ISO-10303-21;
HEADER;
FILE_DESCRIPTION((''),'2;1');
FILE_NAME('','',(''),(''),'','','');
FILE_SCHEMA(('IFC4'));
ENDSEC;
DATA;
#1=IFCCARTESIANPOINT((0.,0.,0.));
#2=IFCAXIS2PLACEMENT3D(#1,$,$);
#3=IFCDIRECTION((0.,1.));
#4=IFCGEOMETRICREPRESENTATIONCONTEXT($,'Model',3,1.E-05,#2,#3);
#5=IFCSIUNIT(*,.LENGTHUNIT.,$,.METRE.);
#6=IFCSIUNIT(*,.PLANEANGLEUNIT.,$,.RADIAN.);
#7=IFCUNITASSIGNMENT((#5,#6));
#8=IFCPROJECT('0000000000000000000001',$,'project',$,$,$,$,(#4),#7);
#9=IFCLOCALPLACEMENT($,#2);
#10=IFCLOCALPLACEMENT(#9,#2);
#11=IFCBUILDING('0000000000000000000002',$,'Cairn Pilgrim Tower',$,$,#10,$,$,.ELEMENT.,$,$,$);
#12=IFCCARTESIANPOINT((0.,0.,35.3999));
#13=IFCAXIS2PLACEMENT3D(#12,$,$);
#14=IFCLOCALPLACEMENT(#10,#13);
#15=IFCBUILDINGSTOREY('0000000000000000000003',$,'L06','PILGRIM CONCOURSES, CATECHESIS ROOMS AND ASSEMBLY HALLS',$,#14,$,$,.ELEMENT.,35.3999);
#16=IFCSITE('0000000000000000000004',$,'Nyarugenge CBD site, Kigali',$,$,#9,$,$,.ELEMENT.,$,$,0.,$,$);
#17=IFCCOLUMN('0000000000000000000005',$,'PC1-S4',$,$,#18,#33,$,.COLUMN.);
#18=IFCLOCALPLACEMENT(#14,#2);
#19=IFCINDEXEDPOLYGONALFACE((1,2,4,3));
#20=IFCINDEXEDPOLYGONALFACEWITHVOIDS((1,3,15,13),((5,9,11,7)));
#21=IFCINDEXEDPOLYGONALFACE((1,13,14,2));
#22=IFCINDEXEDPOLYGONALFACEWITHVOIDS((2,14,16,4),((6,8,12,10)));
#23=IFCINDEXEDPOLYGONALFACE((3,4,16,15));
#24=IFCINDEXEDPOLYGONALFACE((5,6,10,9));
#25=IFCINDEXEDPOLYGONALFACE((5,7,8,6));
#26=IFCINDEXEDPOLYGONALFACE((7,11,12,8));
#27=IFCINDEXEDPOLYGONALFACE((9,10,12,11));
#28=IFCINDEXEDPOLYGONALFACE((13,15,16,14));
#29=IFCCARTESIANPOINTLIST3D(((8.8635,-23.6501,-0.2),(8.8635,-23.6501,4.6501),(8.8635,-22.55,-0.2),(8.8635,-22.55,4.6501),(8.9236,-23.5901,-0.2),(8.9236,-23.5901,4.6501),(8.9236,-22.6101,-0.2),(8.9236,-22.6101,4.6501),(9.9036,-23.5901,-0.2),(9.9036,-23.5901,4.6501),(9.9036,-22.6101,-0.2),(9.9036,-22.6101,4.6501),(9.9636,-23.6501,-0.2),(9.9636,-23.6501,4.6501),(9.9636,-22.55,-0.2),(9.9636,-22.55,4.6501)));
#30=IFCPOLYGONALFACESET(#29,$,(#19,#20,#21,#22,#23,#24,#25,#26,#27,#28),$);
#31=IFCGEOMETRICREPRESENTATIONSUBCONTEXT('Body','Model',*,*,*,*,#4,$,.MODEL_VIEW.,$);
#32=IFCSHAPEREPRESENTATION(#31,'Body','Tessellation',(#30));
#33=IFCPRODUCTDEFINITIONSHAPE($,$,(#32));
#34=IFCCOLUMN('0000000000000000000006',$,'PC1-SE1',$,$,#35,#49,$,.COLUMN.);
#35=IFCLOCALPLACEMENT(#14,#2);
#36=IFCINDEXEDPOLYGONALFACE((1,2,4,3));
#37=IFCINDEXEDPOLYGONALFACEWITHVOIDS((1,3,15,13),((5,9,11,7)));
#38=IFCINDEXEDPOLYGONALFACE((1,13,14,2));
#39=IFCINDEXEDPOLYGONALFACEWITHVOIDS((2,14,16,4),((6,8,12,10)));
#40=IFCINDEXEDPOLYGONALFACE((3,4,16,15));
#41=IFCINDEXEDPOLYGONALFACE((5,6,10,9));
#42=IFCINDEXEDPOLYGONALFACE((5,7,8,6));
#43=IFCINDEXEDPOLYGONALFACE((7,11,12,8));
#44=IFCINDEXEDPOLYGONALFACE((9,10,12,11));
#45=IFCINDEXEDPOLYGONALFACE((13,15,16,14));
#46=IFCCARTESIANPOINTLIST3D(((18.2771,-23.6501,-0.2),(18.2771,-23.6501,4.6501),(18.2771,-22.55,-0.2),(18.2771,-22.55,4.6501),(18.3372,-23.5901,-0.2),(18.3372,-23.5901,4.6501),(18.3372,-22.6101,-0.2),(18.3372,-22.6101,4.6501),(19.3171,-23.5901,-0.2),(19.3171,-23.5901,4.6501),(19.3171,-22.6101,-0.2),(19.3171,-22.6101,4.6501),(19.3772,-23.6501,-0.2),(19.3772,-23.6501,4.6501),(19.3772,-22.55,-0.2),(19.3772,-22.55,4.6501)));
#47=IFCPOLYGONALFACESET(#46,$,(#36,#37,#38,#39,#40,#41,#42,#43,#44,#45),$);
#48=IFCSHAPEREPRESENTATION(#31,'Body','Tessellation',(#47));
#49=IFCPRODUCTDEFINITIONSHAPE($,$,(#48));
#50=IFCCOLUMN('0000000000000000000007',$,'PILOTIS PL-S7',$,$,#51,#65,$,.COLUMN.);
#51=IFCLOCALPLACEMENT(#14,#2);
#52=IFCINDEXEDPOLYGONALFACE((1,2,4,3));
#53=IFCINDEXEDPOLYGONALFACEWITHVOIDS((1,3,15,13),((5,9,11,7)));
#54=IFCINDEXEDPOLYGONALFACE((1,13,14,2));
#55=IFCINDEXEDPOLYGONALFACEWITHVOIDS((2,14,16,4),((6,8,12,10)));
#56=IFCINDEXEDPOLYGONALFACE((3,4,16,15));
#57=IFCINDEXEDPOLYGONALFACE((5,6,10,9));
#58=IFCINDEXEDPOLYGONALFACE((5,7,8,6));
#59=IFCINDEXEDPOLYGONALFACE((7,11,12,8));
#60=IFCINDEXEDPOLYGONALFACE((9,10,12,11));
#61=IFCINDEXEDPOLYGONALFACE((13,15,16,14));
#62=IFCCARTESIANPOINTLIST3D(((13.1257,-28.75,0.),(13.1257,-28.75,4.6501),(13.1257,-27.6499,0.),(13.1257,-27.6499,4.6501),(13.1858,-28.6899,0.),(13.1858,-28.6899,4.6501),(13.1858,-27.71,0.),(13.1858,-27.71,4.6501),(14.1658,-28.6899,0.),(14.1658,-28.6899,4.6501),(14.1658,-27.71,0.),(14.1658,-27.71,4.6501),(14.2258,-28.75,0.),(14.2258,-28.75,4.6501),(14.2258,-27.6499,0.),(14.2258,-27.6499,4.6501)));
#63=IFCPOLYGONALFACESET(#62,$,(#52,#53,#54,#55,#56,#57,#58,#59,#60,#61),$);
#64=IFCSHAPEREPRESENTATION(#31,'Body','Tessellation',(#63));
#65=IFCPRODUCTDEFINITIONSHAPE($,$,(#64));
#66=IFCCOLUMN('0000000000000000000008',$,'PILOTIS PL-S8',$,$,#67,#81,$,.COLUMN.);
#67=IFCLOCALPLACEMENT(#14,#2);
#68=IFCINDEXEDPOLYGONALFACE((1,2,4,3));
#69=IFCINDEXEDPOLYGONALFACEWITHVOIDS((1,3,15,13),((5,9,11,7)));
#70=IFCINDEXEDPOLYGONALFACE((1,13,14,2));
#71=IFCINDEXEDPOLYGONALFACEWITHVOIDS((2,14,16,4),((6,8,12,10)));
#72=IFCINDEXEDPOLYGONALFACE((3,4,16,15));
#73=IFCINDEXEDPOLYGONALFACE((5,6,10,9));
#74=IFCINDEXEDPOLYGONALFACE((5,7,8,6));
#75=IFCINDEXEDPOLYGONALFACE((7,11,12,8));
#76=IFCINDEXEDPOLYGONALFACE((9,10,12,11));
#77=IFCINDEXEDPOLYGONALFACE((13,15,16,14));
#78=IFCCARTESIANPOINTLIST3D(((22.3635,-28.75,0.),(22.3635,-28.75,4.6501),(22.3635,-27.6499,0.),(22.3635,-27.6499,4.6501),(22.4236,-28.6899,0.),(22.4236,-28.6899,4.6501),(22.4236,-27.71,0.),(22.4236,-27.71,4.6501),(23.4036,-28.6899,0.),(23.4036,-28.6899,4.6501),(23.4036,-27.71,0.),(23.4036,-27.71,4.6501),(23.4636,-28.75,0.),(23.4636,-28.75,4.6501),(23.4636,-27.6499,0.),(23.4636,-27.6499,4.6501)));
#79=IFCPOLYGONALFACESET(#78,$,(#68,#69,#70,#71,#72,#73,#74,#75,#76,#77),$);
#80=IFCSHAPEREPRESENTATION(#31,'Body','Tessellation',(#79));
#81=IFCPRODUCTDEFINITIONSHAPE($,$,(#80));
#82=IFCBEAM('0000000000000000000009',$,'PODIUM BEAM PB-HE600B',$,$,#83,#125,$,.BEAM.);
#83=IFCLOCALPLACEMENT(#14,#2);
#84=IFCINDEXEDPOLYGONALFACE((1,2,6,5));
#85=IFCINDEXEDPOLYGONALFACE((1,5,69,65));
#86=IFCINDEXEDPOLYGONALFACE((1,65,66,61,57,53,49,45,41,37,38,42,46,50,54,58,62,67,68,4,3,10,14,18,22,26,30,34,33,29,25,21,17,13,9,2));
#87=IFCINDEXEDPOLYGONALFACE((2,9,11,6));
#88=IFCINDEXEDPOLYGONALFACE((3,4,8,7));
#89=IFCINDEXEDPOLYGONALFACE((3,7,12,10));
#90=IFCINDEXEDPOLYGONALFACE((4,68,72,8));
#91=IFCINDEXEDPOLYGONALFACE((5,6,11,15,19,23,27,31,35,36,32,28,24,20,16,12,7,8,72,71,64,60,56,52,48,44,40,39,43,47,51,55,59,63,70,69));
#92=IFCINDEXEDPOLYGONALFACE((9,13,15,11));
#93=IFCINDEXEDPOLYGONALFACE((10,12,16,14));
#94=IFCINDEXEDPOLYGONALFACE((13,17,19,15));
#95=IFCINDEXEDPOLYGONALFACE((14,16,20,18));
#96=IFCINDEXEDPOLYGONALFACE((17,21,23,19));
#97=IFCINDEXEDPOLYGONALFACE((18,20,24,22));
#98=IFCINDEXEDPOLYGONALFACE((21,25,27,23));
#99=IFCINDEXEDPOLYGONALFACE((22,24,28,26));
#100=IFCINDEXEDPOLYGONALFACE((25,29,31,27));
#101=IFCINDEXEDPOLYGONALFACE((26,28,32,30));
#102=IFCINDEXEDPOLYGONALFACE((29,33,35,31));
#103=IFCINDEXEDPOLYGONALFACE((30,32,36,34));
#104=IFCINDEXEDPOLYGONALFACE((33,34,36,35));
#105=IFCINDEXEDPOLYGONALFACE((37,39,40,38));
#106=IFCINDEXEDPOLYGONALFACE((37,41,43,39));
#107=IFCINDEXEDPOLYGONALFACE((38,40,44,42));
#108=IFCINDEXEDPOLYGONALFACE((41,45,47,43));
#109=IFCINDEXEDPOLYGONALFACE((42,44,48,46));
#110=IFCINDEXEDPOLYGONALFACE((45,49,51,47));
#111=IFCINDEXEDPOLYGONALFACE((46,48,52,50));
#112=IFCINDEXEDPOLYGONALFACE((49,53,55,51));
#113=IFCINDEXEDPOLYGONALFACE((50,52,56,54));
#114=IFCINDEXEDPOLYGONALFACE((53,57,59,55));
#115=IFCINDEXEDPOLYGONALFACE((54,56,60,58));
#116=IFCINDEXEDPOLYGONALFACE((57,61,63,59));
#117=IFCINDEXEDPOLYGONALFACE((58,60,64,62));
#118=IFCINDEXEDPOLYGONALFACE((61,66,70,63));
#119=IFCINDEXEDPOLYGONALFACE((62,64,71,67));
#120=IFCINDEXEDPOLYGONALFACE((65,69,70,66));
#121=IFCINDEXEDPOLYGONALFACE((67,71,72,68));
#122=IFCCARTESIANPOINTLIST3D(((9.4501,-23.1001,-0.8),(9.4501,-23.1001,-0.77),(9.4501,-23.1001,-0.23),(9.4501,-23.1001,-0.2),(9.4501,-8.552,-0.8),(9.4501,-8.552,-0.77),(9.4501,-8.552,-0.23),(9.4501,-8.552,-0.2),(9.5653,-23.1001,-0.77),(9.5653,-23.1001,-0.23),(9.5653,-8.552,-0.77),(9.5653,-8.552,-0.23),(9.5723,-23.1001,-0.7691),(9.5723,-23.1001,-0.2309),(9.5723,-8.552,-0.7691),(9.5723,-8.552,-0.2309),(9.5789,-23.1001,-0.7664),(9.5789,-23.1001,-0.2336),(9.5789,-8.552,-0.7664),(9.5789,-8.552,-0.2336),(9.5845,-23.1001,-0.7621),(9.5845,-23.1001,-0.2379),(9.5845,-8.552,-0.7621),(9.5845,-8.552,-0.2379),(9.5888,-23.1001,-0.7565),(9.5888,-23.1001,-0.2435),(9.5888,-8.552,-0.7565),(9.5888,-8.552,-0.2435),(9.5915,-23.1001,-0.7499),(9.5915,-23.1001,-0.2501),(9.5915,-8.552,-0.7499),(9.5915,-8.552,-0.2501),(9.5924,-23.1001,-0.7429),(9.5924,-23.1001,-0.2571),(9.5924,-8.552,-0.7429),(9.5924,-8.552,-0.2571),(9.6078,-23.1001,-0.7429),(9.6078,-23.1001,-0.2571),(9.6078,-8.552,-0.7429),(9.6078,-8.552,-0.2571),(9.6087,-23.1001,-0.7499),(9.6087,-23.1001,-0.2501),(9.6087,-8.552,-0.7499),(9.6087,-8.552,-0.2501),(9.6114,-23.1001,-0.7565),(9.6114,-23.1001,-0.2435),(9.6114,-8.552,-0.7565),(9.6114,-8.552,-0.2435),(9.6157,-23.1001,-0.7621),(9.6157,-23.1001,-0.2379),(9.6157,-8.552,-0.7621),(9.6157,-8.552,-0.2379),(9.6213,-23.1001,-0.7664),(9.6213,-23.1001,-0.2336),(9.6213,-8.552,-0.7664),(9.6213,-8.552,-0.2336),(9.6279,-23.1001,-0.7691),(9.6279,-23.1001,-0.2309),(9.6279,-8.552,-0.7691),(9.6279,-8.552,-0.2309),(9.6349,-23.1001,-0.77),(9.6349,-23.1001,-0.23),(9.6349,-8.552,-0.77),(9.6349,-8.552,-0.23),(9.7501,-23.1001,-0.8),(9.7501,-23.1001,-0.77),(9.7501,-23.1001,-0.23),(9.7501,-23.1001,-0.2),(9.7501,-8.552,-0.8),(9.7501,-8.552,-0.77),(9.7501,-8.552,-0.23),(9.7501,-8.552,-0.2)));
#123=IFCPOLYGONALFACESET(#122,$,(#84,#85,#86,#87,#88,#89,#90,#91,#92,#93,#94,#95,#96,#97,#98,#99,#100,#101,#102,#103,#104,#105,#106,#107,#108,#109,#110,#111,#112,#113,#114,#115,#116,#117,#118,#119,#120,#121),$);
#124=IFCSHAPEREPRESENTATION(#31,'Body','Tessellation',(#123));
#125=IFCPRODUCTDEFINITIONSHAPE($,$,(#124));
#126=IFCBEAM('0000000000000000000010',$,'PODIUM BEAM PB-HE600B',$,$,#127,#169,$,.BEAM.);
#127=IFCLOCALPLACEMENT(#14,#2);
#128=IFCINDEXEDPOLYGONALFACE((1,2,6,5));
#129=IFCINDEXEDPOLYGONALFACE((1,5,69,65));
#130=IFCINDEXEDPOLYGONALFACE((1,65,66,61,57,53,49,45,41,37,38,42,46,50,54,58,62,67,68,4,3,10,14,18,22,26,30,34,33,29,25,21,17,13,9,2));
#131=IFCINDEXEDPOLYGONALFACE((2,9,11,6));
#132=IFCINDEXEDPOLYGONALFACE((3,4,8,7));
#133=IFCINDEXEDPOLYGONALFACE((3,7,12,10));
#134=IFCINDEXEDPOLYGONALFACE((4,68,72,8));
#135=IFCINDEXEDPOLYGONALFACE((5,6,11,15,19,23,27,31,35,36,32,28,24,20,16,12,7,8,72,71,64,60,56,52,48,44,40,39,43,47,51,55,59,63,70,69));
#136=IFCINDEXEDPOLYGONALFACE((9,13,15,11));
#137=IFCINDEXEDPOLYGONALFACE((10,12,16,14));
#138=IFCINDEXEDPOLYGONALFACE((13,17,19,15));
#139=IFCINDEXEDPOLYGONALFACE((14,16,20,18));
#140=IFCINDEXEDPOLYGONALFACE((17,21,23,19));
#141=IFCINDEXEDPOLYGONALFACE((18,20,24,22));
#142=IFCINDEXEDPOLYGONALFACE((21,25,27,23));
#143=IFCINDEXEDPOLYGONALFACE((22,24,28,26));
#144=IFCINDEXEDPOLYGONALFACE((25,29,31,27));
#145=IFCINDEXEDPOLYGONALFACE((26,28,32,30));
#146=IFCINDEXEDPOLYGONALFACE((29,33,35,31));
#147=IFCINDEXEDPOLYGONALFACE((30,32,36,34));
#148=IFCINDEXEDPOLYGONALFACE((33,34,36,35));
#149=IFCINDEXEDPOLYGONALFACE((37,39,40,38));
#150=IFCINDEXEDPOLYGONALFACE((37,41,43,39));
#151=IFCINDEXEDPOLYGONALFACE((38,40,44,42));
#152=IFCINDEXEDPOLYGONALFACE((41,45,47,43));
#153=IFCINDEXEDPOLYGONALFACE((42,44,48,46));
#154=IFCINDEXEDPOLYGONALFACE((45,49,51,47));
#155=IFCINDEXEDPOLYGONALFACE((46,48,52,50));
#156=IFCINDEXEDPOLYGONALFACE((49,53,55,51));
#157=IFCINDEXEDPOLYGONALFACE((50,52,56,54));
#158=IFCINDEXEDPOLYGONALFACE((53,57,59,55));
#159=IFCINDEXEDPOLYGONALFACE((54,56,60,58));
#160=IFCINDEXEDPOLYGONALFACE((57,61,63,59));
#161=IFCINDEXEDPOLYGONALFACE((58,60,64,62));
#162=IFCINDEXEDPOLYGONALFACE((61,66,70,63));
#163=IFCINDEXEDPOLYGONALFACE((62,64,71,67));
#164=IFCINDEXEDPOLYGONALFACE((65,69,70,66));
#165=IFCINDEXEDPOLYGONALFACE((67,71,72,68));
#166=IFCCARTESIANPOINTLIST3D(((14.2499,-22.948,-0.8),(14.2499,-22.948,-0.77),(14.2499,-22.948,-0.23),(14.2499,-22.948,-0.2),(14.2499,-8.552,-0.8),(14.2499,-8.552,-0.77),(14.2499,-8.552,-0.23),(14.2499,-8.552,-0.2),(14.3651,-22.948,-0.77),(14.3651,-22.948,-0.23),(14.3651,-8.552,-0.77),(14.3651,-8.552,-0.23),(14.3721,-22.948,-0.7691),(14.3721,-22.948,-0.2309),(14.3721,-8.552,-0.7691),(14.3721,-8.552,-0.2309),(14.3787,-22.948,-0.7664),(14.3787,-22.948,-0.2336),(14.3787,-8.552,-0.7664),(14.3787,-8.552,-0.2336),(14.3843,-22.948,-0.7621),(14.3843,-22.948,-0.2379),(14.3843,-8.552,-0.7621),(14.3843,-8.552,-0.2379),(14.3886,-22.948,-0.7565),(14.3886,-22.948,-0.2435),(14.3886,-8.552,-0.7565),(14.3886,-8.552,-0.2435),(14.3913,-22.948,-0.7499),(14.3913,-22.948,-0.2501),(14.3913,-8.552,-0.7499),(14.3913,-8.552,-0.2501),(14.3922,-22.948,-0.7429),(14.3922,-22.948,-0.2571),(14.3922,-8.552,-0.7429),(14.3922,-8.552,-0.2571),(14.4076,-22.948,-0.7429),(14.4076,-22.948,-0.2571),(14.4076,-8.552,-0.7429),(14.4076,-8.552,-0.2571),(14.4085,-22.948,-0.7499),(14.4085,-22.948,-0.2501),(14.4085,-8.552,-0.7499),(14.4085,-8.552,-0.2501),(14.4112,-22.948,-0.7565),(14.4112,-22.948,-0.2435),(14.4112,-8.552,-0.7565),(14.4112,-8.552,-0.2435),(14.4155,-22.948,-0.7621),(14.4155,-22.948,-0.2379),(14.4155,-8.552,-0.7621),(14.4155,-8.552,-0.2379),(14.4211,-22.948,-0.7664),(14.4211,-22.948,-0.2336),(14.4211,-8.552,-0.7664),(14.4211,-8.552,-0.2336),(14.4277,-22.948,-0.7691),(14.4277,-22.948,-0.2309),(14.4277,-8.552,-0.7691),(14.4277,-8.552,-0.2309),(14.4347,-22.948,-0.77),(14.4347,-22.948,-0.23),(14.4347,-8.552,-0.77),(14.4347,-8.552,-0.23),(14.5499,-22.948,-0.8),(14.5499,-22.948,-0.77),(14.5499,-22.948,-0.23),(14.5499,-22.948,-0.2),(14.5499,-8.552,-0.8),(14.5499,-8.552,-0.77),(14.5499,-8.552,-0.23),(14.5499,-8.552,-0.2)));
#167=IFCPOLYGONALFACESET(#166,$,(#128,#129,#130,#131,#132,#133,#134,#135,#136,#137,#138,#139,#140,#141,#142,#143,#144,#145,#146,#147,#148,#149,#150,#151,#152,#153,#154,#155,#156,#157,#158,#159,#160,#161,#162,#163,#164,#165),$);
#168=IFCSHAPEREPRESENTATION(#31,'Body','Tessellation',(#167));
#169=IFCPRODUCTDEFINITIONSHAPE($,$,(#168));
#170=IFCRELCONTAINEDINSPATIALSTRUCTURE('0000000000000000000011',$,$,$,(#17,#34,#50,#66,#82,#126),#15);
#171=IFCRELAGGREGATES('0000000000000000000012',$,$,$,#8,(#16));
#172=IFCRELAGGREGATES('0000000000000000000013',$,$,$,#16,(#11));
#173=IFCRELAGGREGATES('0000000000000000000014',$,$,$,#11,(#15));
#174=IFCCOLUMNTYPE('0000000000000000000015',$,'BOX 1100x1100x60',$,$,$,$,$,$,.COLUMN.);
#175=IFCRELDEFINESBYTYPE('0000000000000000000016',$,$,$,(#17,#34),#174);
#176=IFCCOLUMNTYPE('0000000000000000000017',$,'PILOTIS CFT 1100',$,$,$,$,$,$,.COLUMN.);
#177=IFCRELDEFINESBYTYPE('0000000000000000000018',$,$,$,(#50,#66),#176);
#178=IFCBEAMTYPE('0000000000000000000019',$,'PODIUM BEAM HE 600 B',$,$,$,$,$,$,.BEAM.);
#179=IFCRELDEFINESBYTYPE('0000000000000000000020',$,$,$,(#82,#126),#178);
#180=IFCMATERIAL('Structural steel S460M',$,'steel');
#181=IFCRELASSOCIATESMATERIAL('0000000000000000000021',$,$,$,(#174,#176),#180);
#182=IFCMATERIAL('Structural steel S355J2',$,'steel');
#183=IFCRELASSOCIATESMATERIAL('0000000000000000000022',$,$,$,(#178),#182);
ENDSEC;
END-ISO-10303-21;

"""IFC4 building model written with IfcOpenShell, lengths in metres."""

from ifc_helpers import new_model, si_unit, direction, frame, origin, origin_2d, place, context, subcontext, project, spatial, hollow_rectangle, i_section, extrude, material, material_profile, profile_set, type_object, element, save


model = new_model("IFC4")

# Units and contexts
model_context = context("Model", 3, precision=1e-05, world=origin(), true_north=direction((0.0, 1.0)))
body_context = subcontext(model_context, "Body", "Model", "MODEL_VIEW")
ifc_project = project(units=[si_unit("LENGTHUNIT", "METRE"), si_unit("PLANEANGLEUNIT", "RADIAN")], contexts=[model_context])

# Site, building, storey
site_placement = place(None, origin())
site = spatial("IfcSite", under=ifc_project, at=site_placement, Name="Nyarugenge CBD site, Kigali", CompositionType="ELEMENT", RefElevation=0.0)
building_placement = place(site_placement, origin())
building = spatial("IfcBuilding", under=site, at=building_placement, Name="Cairn Pilgrim Tower", CompositionType="ELEMENT")
storey_placement = place(building_placement, frame((0.0, 0.0, 35.3999)))
storey = spatial("IfcBuildingStorey", under=building, at=storey_placement, Name="L06", Description="PILGRIM CONCOURSES, CATECHESIS ROOMS AND ASSEMBLY HALLS", CompositionType="ELEMENT", Elevation=35.3999)

# Columns
ifc_material_1 = material(Name="Structural steel S460M", Category="steel")
ifc_material_profile_1 = material_profile(ifc_material_1, hollow_rectangle(XDim=1.1001, YDim=1.1001, WallThickness=0.0601, at=origin_2d()), Name="BOX 1100x1100x60")
ifc_profile_set_1 = profile_set([ifc_material_profile_1], Name="Structural steel S460M")
column_type_1 = type_object("IfcColumnType", Name="BOX 1100x1100x60", PredefinedType="COLUMN", material=ifc_profile_set_1)
for number, where, z_axis, x_axis, name in (
    (1, (9.4136, -23.1001, -0.2), (0.0, 0.0, 1.0), (1.0, 0.0, 0.0), "PC1-S4"),
    (2, (18.8271, -23.1001, -0.2), (0.0, 0.0, 1.0), (1.0, 0.0, 0.0), "PC1-SE1"),
):
    element("IfcColumn", number, at=place(storey_placement, frame(where, z_axis=z_axis, x_axis=x_axis)), inside=storey, type_object=column_type_1, Name=name, PredefinedType="COLUMN", context=body_context, shape_type="SweptSolid", body=[
        extrude(hollow_rectangle(XDim=1.1001, YDim=1.1001, WallThickness=0.0601, at=origin_2d()), origin(), (0.0, 0.0, 1.0), 4.8501),
    ])
ifc_material_profile_2 = material_profile(ifc_material_1, hollow_rectangle(XDim=1.1001, YDim=1.1001, WallThickness=0.0601, at=origin_2d()), Name="BOX 1100x1100x60")
ifc_profile_set_2 = profile_set([ifc_material_profile_2], Name="Structural steel S460M")
column_type_2 = type_object("IfcColumnType", Name="PILOTIS CFT 1100", PredefinedType="COLUMN", material=ifc_profile_set_2)
for number, where, z_axis, x_axis, name in (
    (3, (13.6758, -28.2, 0.0), (0.0, 0.0, 1.0), (1.0, 0.0, 0.0), "PILOTIS PL-S7"),
    (4, (22.9136, -28.2, 0.0), (0.0, 0.0, 1.0), (1.0, 0.0, 0.0), "PILOTIS PL-S8"),
):
    element("IfcColumn", number, at=place(storey_placement, frame(where, z_axis=z_axis, x_axis=x_axis)), inside=storey, type_object=column_type_2, Name=name, PredefinedType="COLUMN", context=body_context, shape_type="SweptSolid", body=[
        extrude(hollow_rectangle(XDim=1.1001, YDim=1.1001, WallThickness=0.0601, at=origin_2d()), origin(), (0.0, 0.0, 1.0), 4.6501),
    ])

# Beams
ifc_material_2 = material(Name="Structural steel S355J2", Category="steel")
ifc_material_profile_3 = material_profile(ifc_material_2, i_section(OverallWidth=0.3, OverallDepth=0.6001, WebThickness=0.0154, FlangeThickness=0.03, FilletRadius=0.0271, at=origin_2d()), Name="HEB 600")
ifc_profile_set_3 = profile_set([ifc_material_profile_3], Name="Structural steel S355J2")
beam_type_1 = type_object("IfcBeamType", Name="PODIUM BEAM HE 600 B", PredefinedType="BEAM", material=ifc_profile_set_3)
beam_1_placement = place(storey_placement, frame((9.6001, -23.1001, -0.5), z_axis=(0.0, 1.0, 0.0), x_axis=(-1.0, 0.0, 0.0)))
element("IfcBeam", 5, at=beam_1_placement, inside=storey, type_object=beam_type_1, Name="PODIUM BEAM PB-HE600B", PredefinedType="BEAM", context=body_context, shape_type="SweptSolid", body=[
    extrude(i_section(OverallWidth=0.3, OverallDepth=0.6001, WebThickness=0.0154, FlangeThickness=0.03, FilletRadius=0.0271, at=origin_2d()), origin(), (0.0, 0.0, 1.0), 14.5481),
])
beam_2_placement = place(storey_placement, frame((14.3999, -22.948, -0.5), z_axis=(0.0, 1.0, 0.0), x_axis=(-1.0, 0.0, 0.0)))
element("IfcBeam", 6, at=beam_2_placement, inside=storey, type_object=beam_type_1, Name="PODIUM BEAM PB-HE600B", PredefinedType="BEAM", context=body_context, shape_type="SweptSolid", body=[
    extrude(i_section(OverallWidth=0.3, OverallDepth=0.6001, WebThickness=0.0154, FlangeThickness=0.03, FilletRadius=0.0271, at=origin_2d()), origin(), (0.0, 0.0, 1.0), 14.396),
])

save(model, "model.ifc")
